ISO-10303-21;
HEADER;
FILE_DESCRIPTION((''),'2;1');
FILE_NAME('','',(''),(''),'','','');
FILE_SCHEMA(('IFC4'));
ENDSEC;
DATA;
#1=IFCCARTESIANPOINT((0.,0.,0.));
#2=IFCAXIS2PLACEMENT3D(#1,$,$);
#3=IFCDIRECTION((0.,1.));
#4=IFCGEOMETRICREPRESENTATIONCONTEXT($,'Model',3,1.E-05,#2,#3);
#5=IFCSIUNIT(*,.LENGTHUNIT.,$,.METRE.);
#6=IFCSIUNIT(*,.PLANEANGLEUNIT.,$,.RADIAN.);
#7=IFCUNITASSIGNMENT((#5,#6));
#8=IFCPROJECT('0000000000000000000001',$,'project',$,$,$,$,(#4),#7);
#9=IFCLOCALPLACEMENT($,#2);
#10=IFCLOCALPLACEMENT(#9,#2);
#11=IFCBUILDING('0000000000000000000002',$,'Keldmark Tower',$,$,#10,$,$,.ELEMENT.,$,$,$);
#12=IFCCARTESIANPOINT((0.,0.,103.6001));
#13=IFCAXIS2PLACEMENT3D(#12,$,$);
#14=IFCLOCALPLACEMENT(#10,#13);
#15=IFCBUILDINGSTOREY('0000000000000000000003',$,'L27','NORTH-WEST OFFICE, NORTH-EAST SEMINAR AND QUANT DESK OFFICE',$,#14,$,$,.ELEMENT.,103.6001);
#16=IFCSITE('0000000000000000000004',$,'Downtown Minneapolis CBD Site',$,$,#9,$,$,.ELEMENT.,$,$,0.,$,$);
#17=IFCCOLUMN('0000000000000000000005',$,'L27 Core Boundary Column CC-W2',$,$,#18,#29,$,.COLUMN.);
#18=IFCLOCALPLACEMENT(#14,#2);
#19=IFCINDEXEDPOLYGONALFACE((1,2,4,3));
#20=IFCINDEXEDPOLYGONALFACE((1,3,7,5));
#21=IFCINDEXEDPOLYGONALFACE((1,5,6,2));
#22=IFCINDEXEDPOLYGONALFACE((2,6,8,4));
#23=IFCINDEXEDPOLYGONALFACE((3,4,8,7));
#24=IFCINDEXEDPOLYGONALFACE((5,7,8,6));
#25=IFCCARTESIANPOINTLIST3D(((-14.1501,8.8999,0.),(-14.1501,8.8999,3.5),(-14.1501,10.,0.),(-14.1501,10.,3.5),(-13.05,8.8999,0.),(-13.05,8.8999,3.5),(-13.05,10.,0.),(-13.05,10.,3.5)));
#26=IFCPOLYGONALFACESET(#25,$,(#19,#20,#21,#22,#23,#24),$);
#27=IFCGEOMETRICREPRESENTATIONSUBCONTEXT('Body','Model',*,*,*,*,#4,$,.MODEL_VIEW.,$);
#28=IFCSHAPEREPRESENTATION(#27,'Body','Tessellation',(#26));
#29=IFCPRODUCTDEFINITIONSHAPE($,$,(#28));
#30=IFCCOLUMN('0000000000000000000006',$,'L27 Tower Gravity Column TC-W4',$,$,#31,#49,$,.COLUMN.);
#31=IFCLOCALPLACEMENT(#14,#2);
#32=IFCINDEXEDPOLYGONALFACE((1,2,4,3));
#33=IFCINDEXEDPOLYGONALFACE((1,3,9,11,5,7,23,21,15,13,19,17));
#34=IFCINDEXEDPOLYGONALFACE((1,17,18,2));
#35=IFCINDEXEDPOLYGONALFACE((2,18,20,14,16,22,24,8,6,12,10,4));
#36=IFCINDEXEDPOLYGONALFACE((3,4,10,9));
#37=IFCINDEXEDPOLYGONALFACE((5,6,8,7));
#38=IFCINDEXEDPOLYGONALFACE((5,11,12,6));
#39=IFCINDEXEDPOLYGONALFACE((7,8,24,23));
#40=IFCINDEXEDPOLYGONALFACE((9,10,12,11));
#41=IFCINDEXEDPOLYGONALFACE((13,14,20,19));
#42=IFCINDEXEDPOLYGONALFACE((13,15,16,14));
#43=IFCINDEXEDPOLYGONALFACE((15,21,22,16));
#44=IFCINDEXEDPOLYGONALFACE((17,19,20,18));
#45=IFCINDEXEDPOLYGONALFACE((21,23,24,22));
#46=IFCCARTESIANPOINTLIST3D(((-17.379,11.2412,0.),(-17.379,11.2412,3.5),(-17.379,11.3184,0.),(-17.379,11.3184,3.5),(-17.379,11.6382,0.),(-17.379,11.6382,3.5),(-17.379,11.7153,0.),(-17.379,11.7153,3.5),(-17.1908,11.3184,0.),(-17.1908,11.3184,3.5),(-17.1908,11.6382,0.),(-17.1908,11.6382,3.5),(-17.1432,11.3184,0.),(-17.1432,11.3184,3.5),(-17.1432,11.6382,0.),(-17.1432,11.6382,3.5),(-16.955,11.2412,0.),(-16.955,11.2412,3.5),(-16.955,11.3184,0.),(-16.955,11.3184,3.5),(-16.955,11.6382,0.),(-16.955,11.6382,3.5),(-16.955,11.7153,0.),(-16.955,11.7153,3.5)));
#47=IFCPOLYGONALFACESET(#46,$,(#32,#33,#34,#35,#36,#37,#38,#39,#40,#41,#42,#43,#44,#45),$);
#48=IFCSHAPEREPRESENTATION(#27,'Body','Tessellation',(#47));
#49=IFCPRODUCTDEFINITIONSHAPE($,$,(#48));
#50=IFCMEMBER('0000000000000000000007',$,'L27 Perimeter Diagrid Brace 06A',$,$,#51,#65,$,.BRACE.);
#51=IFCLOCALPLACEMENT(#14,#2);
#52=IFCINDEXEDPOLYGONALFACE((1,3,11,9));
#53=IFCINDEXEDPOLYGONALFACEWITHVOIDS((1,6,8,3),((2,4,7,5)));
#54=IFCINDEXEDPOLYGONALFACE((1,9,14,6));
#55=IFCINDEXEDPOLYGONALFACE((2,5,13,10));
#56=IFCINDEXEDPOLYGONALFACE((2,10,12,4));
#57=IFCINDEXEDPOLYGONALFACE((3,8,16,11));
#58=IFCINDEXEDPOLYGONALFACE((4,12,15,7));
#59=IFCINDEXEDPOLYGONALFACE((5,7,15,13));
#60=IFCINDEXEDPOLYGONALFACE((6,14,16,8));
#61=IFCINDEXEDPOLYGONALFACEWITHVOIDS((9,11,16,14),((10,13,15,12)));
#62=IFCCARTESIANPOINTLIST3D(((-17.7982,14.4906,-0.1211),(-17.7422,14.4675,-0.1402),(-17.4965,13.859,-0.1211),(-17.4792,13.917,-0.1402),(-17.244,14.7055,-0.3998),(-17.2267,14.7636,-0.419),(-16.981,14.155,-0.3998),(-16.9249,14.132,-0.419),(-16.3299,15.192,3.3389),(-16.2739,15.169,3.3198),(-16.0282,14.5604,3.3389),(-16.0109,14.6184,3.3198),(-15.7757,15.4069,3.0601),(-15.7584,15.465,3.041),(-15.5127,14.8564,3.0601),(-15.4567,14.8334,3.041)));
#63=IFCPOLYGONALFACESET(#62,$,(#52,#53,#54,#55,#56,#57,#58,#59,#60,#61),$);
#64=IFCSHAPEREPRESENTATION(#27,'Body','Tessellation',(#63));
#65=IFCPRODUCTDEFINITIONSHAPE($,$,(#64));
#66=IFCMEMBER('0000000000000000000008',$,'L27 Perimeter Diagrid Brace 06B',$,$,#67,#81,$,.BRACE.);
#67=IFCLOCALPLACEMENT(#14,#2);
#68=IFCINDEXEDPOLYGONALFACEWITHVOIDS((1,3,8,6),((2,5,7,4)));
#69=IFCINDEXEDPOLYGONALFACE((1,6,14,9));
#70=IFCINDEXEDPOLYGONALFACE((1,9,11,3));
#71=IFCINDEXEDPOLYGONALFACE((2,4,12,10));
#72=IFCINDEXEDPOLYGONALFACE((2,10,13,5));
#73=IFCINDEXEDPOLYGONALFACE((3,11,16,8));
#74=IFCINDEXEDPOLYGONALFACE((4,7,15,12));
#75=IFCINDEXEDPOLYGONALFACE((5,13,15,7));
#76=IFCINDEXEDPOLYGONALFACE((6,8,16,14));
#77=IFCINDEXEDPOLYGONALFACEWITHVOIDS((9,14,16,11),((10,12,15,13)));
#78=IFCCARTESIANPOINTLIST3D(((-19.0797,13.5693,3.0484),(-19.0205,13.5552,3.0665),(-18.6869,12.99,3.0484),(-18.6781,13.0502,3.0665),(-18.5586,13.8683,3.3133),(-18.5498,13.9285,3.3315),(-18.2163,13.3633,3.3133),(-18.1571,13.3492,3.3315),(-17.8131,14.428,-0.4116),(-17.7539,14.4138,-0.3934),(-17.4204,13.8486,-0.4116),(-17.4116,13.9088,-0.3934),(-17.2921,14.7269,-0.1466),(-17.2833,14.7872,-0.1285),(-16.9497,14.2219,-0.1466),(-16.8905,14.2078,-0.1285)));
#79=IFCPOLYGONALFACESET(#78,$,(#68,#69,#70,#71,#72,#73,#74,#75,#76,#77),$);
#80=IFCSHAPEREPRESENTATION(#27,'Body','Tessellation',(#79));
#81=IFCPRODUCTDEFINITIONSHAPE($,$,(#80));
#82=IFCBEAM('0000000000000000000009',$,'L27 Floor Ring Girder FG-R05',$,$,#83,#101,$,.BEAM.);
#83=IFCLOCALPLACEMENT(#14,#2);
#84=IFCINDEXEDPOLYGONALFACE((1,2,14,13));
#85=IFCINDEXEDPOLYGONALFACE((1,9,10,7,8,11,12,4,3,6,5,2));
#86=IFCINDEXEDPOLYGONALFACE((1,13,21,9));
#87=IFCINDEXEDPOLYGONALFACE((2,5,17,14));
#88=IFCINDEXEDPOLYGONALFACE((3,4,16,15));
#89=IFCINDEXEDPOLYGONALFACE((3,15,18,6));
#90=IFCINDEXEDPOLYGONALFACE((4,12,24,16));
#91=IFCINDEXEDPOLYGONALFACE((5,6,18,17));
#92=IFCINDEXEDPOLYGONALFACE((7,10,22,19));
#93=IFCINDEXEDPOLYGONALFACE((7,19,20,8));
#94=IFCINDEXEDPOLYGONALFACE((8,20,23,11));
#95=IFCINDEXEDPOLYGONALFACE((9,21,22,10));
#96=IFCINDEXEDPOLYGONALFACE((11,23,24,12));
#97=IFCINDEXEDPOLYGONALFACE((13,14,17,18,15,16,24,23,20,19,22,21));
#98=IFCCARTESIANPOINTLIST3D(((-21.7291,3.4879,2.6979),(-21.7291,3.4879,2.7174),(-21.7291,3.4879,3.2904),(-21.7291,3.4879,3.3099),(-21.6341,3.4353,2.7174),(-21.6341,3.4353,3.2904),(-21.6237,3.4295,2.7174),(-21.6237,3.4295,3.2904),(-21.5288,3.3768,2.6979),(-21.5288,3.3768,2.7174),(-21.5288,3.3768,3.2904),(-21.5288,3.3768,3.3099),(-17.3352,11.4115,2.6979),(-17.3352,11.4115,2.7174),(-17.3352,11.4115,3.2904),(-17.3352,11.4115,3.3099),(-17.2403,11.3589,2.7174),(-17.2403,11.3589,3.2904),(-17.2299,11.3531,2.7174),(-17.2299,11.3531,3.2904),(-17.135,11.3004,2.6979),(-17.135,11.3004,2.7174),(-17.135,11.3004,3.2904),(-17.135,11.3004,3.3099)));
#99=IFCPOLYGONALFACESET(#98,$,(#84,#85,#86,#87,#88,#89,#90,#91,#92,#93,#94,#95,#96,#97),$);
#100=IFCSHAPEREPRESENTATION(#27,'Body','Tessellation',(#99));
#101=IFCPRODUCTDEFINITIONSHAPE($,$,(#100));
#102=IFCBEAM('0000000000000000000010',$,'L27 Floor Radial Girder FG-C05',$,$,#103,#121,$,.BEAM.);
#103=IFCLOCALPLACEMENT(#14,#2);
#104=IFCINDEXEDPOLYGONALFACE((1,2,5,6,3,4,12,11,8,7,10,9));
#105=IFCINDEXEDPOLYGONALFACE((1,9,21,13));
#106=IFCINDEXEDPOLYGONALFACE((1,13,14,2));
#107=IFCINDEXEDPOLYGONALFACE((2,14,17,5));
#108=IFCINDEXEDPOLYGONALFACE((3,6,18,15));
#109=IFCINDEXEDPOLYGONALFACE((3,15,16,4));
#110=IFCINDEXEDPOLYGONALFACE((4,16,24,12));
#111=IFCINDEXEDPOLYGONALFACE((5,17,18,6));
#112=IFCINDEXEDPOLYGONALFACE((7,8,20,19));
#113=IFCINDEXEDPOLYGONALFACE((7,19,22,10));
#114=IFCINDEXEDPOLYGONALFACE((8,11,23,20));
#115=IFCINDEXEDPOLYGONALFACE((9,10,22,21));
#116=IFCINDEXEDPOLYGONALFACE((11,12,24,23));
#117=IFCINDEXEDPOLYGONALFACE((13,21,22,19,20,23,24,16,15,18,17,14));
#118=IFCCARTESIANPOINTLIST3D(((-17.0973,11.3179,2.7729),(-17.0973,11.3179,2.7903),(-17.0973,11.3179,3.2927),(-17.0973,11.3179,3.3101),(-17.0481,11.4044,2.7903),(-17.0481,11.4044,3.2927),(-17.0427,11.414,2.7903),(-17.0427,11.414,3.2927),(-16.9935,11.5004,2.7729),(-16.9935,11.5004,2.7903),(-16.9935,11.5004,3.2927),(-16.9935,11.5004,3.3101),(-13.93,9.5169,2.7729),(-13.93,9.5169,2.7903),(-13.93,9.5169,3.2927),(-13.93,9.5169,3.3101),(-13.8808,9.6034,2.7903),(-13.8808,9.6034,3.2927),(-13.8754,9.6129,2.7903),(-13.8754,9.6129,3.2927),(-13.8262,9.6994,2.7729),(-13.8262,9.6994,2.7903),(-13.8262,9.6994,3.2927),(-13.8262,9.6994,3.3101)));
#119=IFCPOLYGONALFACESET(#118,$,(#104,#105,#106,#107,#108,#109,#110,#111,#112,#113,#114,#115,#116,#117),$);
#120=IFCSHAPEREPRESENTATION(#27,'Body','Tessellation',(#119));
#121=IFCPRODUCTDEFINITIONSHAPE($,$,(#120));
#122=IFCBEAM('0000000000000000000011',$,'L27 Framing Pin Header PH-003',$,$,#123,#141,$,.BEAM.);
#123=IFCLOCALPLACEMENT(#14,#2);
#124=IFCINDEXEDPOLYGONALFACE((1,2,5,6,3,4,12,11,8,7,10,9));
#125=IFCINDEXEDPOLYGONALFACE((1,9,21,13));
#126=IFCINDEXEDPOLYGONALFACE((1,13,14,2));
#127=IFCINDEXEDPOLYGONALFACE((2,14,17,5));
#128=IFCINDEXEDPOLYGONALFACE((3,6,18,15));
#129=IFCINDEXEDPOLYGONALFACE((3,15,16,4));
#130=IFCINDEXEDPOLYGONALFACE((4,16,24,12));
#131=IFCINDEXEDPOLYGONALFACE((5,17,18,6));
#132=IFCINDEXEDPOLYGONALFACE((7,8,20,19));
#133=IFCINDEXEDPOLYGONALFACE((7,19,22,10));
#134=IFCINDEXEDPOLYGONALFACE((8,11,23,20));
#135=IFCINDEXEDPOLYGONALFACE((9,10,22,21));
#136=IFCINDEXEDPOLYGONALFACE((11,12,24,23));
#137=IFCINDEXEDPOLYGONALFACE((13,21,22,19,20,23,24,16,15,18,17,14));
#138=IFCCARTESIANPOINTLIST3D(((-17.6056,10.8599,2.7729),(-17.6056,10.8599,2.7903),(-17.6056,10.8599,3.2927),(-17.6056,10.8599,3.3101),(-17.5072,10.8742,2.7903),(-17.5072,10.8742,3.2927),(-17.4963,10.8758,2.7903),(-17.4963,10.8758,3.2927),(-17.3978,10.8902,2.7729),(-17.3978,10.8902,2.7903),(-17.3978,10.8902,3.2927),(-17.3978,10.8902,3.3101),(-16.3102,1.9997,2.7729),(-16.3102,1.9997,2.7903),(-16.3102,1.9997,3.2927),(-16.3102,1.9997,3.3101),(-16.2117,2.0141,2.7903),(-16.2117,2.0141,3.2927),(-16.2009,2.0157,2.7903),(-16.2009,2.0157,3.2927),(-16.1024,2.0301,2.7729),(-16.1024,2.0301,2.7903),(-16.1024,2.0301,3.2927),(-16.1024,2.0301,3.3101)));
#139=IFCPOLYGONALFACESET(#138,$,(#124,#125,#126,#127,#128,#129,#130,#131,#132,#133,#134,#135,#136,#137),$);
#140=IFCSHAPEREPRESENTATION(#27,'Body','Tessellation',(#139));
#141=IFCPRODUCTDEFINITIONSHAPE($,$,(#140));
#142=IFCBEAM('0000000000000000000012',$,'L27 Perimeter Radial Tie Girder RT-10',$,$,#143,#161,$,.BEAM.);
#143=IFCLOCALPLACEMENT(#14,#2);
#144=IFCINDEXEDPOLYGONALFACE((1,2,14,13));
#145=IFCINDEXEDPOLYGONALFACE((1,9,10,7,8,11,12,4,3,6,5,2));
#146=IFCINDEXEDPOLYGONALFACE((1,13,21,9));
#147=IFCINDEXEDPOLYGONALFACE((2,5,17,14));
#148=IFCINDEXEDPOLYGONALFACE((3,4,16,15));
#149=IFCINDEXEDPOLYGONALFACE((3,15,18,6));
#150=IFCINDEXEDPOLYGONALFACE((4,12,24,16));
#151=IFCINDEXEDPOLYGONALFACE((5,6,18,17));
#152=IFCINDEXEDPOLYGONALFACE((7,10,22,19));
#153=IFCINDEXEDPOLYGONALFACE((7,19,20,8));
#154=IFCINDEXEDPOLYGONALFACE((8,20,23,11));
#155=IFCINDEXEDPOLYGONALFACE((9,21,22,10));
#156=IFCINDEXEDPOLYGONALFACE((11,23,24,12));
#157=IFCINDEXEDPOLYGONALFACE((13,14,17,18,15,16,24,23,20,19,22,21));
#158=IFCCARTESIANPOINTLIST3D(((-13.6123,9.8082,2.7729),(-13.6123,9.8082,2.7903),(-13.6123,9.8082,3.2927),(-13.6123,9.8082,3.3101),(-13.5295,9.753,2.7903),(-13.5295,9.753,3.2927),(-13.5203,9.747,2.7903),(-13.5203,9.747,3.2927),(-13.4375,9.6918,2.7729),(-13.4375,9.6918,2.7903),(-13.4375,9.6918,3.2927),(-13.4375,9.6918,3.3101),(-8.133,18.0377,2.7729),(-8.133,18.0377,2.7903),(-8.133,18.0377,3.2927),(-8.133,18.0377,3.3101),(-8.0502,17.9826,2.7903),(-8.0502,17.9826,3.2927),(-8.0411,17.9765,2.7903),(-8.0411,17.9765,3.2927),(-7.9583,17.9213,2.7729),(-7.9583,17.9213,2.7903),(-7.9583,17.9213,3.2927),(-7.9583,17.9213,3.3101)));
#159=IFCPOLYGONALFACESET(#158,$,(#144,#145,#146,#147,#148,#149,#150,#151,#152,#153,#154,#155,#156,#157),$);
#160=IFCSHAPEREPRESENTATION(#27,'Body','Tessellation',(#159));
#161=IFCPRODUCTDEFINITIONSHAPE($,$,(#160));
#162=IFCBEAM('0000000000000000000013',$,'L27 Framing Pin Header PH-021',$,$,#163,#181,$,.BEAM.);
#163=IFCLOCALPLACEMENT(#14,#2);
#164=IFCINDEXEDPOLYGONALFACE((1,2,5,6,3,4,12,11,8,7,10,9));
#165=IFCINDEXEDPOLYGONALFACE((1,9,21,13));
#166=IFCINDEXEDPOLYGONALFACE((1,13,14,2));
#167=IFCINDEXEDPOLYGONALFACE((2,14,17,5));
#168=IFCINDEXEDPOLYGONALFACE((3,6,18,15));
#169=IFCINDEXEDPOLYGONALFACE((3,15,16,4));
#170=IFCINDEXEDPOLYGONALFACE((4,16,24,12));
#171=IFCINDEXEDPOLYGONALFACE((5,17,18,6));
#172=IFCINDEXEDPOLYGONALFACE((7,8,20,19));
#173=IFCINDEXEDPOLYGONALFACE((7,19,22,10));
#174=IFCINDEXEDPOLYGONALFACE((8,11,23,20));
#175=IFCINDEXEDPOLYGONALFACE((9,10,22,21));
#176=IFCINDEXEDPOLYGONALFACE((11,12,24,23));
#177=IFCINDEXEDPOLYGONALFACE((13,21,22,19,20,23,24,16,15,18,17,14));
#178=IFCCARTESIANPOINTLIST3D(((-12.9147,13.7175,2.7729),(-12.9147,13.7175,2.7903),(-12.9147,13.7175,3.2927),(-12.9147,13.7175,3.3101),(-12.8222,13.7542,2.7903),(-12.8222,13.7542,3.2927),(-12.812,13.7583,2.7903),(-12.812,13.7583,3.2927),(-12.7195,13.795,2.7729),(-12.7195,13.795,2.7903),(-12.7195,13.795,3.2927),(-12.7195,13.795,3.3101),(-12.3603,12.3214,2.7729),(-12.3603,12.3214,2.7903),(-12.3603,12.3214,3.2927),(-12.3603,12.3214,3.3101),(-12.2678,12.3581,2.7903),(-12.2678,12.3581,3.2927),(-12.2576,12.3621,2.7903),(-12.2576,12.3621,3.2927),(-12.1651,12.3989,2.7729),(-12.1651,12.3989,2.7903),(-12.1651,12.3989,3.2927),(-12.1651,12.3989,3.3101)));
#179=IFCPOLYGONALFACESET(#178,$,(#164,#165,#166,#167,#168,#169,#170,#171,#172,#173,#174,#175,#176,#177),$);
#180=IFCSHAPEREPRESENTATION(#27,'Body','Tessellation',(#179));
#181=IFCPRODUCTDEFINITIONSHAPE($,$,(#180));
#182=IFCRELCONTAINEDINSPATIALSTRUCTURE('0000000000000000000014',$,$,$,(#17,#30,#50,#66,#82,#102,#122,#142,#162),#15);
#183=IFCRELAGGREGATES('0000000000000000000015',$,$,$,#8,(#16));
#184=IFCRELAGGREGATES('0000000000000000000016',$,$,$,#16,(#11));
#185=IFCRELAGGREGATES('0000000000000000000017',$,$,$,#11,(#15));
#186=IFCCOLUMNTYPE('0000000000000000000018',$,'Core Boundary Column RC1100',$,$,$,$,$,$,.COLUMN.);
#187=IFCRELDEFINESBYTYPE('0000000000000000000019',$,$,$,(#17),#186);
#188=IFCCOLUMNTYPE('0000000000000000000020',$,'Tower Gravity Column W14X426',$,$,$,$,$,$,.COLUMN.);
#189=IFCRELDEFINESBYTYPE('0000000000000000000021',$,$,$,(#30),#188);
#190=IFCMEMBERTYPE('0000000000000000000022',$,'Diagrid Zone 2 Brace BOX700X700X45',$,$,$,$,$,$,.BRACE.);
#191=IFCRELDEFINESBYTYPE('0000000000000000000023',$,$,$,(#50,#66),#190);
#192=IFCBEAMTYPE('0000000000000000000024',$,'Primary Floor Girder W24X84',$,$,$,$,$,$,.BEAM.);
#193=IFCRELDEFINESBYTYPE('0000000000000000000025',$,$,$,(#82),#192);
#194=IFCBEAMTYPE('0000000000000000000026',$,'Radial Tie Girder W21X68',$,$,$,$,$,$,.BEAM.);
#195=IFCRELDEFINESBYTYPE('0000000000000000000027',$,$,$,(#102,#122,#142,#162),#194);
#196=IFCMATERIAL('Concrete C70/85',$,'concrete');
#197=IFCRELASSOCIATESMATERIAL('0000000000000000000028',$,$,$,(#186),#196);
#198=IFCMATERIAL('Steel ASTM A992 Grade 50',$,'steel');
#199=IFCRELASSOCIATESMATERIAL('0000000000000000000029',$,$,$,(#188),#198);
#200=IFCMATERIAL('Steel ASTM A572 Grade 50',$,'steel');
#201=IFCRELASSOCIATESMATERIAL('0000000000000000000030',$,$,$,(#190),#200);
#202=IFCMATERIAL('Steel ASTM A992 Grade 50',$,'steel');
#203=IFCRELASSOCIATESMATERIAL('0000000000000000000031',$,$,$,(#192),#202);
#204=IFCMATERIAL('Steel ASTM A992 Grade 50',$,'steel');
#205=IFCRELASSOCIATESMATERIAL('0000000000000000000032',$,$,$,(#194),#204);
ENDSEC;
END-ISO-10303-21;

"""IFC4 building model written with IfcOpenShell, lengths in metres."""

from ifc_helpers import new_model, si_unit, direction, frame, origin, origin_2d, place, context, subcontext, project, spatial, rectangle, hollow_rectangle, i_section, extrude, material, material_profile, profile_set, type_object, element, save


model = new_model("IFC4")

# Units and contexts
model_context = context("Model", 3, precision=1e-05, world=origin(), true_north=direction((0.0, 1.0)))
body_context = subcontext(model_context, "Body", "Model", "MODEL_VIEW")
ifc_project = project(units=[si_unit("LENGTHUNIT", "METRE"), si_unit("PLANEANGLEUNIT", "RADIAN")], contexts=[model_context])

# Site, building, storey
site_placement = place(None, origin())
site = spatial("IfcSite", under=ifc_project, at=site_placement, Name="Downtown Minneapolis CBD Site", CompositionType="ELEMENT", RefElevation=0.0)
building_placement = place(site_placement, origin())
building = spatial("IfcBuilding", under=site, at=building_placement, Name="Keldmark Tower", CompositionType="ELEMENT")
storey_placement = place(building_placement, frame((0.0, 0.0, 103.6001)))
storey = spatial("IfcBuildingStorey", under=building, at=storey_placement, Name="L27", Description="NORTH-WEST OFFICE, NORTH-EAST SEMINAR AND QUANT DESK OFFICE", CompositionType="ELEMENT", Elevation=103.6001)

# Columns
ifc_material_1 = material(Name="Concrete C70/85", Category="concrete")
ifc_material_profile_1 = material_profile(ifc_material_1, rectangle(XDim=1.1001, YDim=1.1001, at=origin_2d()), Name="RC1100X1100")
ifc_profile_set_1 = profile_set([ifc_material_profile_1], Name="Concrete C70/85")
column_type_1 = type_object("IfcColumnType", Name="Core Boundary Column RC1100", PredefinedType="COLUMN", material=ifc_profile_set_1)
column_1_placement = place(storey_placement, frame((-13.6001, 9.45, 0.0), z_axis=(0.0, 0.0, 1.0), x_axis=(1.0, 0.0, 0.0)))
element("IfcColumn", 1, at=column_1_placement, inside=storey, type_object=column_type_1, Name="L27 Core Boundary Column CC-W2", PredefinedType="COLUMN", context=body_context, shape_type="SweptSolid", body=[
    extrude(rectangle(XDim=1.1001, YDim=1.1001, at=origin_2d()), origin(), (0.0, 0.0, 1.0), 3.5),
])
ifc_material_2 = material(Name="Steel ASTM A992 Grade 50", Category="steel")
ifc_material_profile_2 = material_profile(ifc_material_2, i_section(OverallWidth=0.4241, OverallDepth=0.4741, WebThickness=0.0476, FlangeThickness=0.0771, at=origin_2d()), Name="W14X426")
ifc_profile_set_2 = profile_set([ifc_material_profile_2], Name="Steel ASTM A992 Grade 50")
column_type_2 = type_object("IfcColumnType", Name="Tower Gravity Column W14X426", PredefinedType="COLUMN", material=ifc_profile_set_2)
column_2_placement = place(storey_placement, frame((-17.167, 11.4783, 0.0), z_axis=(0.0, 0.0, 1.0), x_axis=(1.0, 0.0, 0.0)))
element("IfcColumn", 2, at=column_2_placement, inside=storey, type_object=column_type_2, Name="L27 Tower Gravity Column TC-W4", PredefinedType="COLUMN", context=body_context, shape_type="SweptSolid", body=[
    extrude(i_section(OverallWidth=0.4241, OverallDepth=0.4741, WebThickness=0.0476, FlangeThickness=0.0771, at=origin_2d()), origin(), (0.0, 0.0, 1.0), 3.5),
])

# Members
ifc_material_3 = material(Name="Steel ASTM A572 Grade 50", Category="steel")
ifc_material_profile_3 = material_profile(ifc_material_3, hollow_rectangle(XDim=0.7, YDim=0.7, WallThickness=0.0449, at=origin_2d()), Name="BOX700X700X45")
ifc_profile_set_3 = profile_set([ifc_material_profile_3], Name="Steel ASTM A572 Grade 50")
member_type = type_object("IfcMemberType", Name="Diagrid Zone 2 Brace BOX700X700X45", PredefinedType="BRACE", material=ifc_profile_set_3)
member_1_placement = place(storey_placement, frame((-17.3616, 14.3113, -0.27), z_axis=(0.38401, 0.183449, 0.904921), x_axis=(-0.431057, 0.902325, 0.0)))
element("IfcMember", 3, at=member_1_placement, inside=storey, type_object=member_type, Name="L27 Perimeter Diagrid Brace 06A", PredefinedType="BRACE", context=body_context, shape_type="SweptSolid", body=[
    extrude(hollow_rectangle(XDim=0.7, YDim=0.7, WallThickness=0.0449, at=origin_2d()), origin(), (0.0, 0.0, 1.0), 3.8235),
])
member_2_placement = place(storey_placement, frame((-17.3518, 14.3179, -0.27), z_axis=(-0.334793, -0.22696, 0.914551), x_axis=(0.561127, -0.82773, 0.0)))
element("IfcMember", 4, at=member_2_placement, inside=storey, type_object=member_type, Name="L27 Perimeter Diagrid Brace 06B", PredefinedType="BRACE", context=body_context, shape_type="SweptSolid", body=[
    extrude(hollow_rectangle(XDim=0.7, YDim=0.7, WallThickness=0.0449, at=origin_2d()), origin(), (0.0, 0.0, 1.0), 3.7832),
])

# Beams
ifc_material_4 = material(Name="Steel ASTM A992 Grade 50", Category="steel")
ifc_material_profile_4 = material_profile(ifc_material_4, i_section(OverallWidth=0.229, OverallDepth=0.6121, WebThickness=0.012, FlangeThickness=0.0195, at=origin_2d()), Name="W24X84")
ifc_profile_set_4 = profile_set([ifc_material_profile_4], Name="Steel ASTM A992 Grade 50")
beam_type_1 = type_object("IfcBeamType", Name="Primary Floor Girder W24X84", PredefinedType="BEAM", material=ifc_profile_set_4)
beam_1_placement = place(storey_placement, frame((-17.2351, 11.356, 3.0039), z_axis=(-0.484952, -0.874541, 0.0), x_axis=(0.874541, -0.484952, 0.0)))
element("IfcBeam", 5, at=beam_1_placement, inside=storey, type_object=beam_type_1, Name="L27 Floor Ring Girder FG-R05", PredefinedType="BEAM", context=body_context, shape_type="SweptSolid", body=[
    extrude(i_section(OverallWidth=0.229, OverallDepth=0.6121, WebThickness=0.012, FlangeThickness=0.0195, at=origin_2d()), origin(), (0.0, 0.0, 1.0), 9.0603),
])
ifc_material_5 = material(Name="Steel ASTM A992 Grade 50", Category="steel")
ifc_material_profile_5 = material_profile(ifc_material_5, i_section(OverallWidth=0.21, OverallDepth=0.5371, WebThickness=0.011, FlangeThickness=0.0173, at=origin_2d()), Name="W21X68")
ifc_profile_set_5 = profile_set([ifc_material_profile_5], Name="Steel ASTM A992 Grade 50")
beam_type_2 = type_object("IfcBeamType", Name="Radial Tie Girder W21X68", PredefinedType="BEAM", material=ifc_profile_set_5)
beam_2_placement = place(storey_placement, frame((-17.0454, 11.4092, 3.0415), z_axis=(0.869284, -0.494312, 0.0), x_axis=(0.494312, 0.869284, 0.0)))
element("IfcBeam", 6, at=beam_2_placement, inside=storey, type_object=beam_type_2, Name="L27 Floor Radial Girder FG-C05", PredefinedType="BEAM", context=body_context, shape_type="SweptSolid", body=[
    extrude(i_section(OverallWidth=0.21, OverallDepth=0.5371, WebThickness=0.011, FlangeThickness=0.0173, at=origin_2d()), origin(), (0.0, 0.0, 1.0), 3.6436),
])
beam_3_placement = place(storey_placement, frame((-16.2063, 2.0149, 3.0415), z_axis=(-0.144669, 0.98948, 0.0), x_axis=(-0.98948, -0.144669, 0.0)))
element("IfcBeam", 7, at=beam_3_placement, inside=storey, type_object=beam_type_2, Name="L27 Framing Pin Header PH-003", PredefinedType="BEAM", context=body_context, shape_type="SweptSolid", body=[
    extrude(i_section(OverallWidth=0.21, OverallDepth=0.5371, WebThickness=0.011, FlangeThickness=0.0173, at=origin_2d()), origin(), (0.0, 0.0, 1.0), 8.9543),
])
beam_4_placement = place(storey_placement, frame((-13.5249, 9.75, 3.0415), z_axis=(0.554204, 0.832381, 0.0), x_axis=(-0.832381, 0.554204, 0.0)))
element("IfcBeam", 8, at=beam_4_placement, inside=storey, type_object=beam_type_2, Name="L27 Perimeter Radial Tie Girder RT-10", PredefinedType="BEAM", context=body_context, shape_type="SweptSolid", body=[
    extrude(i_section(OverallWidth=0.21, OverallDepth=0.5371, WebThickness=0.011, FlangeThickness=0.0173, at=origin_2d()), origin(), (0.0, 0.0, 1.0), 9.8867),
])
beam_5_placement = place(storey_placement, frame((-12.2627, 12.3601, 3.0415), z_axis=(-0.369064, 0.929404, 0.0), x_axis=(-0.929404, -0.369064, 0.0)))
element("IfcBeam", 9, at=beam_5_placement, inside=storey, type_object=beam_type_2, Name="L27 Framing Pin Header PH-021", PredefinedType="BEAM", context=body_context, shape_type="SweptSolid", body=[
    extrude(i_section(OverallWidth=0.21, OverallDepth=0.5371, WebThickness=0.011, FlangeThickness=0.0173, at=origin_2d()), origin(), (0.0, 0.0, 1.0), 1.5022),
])

save(model, "model.ifc")
